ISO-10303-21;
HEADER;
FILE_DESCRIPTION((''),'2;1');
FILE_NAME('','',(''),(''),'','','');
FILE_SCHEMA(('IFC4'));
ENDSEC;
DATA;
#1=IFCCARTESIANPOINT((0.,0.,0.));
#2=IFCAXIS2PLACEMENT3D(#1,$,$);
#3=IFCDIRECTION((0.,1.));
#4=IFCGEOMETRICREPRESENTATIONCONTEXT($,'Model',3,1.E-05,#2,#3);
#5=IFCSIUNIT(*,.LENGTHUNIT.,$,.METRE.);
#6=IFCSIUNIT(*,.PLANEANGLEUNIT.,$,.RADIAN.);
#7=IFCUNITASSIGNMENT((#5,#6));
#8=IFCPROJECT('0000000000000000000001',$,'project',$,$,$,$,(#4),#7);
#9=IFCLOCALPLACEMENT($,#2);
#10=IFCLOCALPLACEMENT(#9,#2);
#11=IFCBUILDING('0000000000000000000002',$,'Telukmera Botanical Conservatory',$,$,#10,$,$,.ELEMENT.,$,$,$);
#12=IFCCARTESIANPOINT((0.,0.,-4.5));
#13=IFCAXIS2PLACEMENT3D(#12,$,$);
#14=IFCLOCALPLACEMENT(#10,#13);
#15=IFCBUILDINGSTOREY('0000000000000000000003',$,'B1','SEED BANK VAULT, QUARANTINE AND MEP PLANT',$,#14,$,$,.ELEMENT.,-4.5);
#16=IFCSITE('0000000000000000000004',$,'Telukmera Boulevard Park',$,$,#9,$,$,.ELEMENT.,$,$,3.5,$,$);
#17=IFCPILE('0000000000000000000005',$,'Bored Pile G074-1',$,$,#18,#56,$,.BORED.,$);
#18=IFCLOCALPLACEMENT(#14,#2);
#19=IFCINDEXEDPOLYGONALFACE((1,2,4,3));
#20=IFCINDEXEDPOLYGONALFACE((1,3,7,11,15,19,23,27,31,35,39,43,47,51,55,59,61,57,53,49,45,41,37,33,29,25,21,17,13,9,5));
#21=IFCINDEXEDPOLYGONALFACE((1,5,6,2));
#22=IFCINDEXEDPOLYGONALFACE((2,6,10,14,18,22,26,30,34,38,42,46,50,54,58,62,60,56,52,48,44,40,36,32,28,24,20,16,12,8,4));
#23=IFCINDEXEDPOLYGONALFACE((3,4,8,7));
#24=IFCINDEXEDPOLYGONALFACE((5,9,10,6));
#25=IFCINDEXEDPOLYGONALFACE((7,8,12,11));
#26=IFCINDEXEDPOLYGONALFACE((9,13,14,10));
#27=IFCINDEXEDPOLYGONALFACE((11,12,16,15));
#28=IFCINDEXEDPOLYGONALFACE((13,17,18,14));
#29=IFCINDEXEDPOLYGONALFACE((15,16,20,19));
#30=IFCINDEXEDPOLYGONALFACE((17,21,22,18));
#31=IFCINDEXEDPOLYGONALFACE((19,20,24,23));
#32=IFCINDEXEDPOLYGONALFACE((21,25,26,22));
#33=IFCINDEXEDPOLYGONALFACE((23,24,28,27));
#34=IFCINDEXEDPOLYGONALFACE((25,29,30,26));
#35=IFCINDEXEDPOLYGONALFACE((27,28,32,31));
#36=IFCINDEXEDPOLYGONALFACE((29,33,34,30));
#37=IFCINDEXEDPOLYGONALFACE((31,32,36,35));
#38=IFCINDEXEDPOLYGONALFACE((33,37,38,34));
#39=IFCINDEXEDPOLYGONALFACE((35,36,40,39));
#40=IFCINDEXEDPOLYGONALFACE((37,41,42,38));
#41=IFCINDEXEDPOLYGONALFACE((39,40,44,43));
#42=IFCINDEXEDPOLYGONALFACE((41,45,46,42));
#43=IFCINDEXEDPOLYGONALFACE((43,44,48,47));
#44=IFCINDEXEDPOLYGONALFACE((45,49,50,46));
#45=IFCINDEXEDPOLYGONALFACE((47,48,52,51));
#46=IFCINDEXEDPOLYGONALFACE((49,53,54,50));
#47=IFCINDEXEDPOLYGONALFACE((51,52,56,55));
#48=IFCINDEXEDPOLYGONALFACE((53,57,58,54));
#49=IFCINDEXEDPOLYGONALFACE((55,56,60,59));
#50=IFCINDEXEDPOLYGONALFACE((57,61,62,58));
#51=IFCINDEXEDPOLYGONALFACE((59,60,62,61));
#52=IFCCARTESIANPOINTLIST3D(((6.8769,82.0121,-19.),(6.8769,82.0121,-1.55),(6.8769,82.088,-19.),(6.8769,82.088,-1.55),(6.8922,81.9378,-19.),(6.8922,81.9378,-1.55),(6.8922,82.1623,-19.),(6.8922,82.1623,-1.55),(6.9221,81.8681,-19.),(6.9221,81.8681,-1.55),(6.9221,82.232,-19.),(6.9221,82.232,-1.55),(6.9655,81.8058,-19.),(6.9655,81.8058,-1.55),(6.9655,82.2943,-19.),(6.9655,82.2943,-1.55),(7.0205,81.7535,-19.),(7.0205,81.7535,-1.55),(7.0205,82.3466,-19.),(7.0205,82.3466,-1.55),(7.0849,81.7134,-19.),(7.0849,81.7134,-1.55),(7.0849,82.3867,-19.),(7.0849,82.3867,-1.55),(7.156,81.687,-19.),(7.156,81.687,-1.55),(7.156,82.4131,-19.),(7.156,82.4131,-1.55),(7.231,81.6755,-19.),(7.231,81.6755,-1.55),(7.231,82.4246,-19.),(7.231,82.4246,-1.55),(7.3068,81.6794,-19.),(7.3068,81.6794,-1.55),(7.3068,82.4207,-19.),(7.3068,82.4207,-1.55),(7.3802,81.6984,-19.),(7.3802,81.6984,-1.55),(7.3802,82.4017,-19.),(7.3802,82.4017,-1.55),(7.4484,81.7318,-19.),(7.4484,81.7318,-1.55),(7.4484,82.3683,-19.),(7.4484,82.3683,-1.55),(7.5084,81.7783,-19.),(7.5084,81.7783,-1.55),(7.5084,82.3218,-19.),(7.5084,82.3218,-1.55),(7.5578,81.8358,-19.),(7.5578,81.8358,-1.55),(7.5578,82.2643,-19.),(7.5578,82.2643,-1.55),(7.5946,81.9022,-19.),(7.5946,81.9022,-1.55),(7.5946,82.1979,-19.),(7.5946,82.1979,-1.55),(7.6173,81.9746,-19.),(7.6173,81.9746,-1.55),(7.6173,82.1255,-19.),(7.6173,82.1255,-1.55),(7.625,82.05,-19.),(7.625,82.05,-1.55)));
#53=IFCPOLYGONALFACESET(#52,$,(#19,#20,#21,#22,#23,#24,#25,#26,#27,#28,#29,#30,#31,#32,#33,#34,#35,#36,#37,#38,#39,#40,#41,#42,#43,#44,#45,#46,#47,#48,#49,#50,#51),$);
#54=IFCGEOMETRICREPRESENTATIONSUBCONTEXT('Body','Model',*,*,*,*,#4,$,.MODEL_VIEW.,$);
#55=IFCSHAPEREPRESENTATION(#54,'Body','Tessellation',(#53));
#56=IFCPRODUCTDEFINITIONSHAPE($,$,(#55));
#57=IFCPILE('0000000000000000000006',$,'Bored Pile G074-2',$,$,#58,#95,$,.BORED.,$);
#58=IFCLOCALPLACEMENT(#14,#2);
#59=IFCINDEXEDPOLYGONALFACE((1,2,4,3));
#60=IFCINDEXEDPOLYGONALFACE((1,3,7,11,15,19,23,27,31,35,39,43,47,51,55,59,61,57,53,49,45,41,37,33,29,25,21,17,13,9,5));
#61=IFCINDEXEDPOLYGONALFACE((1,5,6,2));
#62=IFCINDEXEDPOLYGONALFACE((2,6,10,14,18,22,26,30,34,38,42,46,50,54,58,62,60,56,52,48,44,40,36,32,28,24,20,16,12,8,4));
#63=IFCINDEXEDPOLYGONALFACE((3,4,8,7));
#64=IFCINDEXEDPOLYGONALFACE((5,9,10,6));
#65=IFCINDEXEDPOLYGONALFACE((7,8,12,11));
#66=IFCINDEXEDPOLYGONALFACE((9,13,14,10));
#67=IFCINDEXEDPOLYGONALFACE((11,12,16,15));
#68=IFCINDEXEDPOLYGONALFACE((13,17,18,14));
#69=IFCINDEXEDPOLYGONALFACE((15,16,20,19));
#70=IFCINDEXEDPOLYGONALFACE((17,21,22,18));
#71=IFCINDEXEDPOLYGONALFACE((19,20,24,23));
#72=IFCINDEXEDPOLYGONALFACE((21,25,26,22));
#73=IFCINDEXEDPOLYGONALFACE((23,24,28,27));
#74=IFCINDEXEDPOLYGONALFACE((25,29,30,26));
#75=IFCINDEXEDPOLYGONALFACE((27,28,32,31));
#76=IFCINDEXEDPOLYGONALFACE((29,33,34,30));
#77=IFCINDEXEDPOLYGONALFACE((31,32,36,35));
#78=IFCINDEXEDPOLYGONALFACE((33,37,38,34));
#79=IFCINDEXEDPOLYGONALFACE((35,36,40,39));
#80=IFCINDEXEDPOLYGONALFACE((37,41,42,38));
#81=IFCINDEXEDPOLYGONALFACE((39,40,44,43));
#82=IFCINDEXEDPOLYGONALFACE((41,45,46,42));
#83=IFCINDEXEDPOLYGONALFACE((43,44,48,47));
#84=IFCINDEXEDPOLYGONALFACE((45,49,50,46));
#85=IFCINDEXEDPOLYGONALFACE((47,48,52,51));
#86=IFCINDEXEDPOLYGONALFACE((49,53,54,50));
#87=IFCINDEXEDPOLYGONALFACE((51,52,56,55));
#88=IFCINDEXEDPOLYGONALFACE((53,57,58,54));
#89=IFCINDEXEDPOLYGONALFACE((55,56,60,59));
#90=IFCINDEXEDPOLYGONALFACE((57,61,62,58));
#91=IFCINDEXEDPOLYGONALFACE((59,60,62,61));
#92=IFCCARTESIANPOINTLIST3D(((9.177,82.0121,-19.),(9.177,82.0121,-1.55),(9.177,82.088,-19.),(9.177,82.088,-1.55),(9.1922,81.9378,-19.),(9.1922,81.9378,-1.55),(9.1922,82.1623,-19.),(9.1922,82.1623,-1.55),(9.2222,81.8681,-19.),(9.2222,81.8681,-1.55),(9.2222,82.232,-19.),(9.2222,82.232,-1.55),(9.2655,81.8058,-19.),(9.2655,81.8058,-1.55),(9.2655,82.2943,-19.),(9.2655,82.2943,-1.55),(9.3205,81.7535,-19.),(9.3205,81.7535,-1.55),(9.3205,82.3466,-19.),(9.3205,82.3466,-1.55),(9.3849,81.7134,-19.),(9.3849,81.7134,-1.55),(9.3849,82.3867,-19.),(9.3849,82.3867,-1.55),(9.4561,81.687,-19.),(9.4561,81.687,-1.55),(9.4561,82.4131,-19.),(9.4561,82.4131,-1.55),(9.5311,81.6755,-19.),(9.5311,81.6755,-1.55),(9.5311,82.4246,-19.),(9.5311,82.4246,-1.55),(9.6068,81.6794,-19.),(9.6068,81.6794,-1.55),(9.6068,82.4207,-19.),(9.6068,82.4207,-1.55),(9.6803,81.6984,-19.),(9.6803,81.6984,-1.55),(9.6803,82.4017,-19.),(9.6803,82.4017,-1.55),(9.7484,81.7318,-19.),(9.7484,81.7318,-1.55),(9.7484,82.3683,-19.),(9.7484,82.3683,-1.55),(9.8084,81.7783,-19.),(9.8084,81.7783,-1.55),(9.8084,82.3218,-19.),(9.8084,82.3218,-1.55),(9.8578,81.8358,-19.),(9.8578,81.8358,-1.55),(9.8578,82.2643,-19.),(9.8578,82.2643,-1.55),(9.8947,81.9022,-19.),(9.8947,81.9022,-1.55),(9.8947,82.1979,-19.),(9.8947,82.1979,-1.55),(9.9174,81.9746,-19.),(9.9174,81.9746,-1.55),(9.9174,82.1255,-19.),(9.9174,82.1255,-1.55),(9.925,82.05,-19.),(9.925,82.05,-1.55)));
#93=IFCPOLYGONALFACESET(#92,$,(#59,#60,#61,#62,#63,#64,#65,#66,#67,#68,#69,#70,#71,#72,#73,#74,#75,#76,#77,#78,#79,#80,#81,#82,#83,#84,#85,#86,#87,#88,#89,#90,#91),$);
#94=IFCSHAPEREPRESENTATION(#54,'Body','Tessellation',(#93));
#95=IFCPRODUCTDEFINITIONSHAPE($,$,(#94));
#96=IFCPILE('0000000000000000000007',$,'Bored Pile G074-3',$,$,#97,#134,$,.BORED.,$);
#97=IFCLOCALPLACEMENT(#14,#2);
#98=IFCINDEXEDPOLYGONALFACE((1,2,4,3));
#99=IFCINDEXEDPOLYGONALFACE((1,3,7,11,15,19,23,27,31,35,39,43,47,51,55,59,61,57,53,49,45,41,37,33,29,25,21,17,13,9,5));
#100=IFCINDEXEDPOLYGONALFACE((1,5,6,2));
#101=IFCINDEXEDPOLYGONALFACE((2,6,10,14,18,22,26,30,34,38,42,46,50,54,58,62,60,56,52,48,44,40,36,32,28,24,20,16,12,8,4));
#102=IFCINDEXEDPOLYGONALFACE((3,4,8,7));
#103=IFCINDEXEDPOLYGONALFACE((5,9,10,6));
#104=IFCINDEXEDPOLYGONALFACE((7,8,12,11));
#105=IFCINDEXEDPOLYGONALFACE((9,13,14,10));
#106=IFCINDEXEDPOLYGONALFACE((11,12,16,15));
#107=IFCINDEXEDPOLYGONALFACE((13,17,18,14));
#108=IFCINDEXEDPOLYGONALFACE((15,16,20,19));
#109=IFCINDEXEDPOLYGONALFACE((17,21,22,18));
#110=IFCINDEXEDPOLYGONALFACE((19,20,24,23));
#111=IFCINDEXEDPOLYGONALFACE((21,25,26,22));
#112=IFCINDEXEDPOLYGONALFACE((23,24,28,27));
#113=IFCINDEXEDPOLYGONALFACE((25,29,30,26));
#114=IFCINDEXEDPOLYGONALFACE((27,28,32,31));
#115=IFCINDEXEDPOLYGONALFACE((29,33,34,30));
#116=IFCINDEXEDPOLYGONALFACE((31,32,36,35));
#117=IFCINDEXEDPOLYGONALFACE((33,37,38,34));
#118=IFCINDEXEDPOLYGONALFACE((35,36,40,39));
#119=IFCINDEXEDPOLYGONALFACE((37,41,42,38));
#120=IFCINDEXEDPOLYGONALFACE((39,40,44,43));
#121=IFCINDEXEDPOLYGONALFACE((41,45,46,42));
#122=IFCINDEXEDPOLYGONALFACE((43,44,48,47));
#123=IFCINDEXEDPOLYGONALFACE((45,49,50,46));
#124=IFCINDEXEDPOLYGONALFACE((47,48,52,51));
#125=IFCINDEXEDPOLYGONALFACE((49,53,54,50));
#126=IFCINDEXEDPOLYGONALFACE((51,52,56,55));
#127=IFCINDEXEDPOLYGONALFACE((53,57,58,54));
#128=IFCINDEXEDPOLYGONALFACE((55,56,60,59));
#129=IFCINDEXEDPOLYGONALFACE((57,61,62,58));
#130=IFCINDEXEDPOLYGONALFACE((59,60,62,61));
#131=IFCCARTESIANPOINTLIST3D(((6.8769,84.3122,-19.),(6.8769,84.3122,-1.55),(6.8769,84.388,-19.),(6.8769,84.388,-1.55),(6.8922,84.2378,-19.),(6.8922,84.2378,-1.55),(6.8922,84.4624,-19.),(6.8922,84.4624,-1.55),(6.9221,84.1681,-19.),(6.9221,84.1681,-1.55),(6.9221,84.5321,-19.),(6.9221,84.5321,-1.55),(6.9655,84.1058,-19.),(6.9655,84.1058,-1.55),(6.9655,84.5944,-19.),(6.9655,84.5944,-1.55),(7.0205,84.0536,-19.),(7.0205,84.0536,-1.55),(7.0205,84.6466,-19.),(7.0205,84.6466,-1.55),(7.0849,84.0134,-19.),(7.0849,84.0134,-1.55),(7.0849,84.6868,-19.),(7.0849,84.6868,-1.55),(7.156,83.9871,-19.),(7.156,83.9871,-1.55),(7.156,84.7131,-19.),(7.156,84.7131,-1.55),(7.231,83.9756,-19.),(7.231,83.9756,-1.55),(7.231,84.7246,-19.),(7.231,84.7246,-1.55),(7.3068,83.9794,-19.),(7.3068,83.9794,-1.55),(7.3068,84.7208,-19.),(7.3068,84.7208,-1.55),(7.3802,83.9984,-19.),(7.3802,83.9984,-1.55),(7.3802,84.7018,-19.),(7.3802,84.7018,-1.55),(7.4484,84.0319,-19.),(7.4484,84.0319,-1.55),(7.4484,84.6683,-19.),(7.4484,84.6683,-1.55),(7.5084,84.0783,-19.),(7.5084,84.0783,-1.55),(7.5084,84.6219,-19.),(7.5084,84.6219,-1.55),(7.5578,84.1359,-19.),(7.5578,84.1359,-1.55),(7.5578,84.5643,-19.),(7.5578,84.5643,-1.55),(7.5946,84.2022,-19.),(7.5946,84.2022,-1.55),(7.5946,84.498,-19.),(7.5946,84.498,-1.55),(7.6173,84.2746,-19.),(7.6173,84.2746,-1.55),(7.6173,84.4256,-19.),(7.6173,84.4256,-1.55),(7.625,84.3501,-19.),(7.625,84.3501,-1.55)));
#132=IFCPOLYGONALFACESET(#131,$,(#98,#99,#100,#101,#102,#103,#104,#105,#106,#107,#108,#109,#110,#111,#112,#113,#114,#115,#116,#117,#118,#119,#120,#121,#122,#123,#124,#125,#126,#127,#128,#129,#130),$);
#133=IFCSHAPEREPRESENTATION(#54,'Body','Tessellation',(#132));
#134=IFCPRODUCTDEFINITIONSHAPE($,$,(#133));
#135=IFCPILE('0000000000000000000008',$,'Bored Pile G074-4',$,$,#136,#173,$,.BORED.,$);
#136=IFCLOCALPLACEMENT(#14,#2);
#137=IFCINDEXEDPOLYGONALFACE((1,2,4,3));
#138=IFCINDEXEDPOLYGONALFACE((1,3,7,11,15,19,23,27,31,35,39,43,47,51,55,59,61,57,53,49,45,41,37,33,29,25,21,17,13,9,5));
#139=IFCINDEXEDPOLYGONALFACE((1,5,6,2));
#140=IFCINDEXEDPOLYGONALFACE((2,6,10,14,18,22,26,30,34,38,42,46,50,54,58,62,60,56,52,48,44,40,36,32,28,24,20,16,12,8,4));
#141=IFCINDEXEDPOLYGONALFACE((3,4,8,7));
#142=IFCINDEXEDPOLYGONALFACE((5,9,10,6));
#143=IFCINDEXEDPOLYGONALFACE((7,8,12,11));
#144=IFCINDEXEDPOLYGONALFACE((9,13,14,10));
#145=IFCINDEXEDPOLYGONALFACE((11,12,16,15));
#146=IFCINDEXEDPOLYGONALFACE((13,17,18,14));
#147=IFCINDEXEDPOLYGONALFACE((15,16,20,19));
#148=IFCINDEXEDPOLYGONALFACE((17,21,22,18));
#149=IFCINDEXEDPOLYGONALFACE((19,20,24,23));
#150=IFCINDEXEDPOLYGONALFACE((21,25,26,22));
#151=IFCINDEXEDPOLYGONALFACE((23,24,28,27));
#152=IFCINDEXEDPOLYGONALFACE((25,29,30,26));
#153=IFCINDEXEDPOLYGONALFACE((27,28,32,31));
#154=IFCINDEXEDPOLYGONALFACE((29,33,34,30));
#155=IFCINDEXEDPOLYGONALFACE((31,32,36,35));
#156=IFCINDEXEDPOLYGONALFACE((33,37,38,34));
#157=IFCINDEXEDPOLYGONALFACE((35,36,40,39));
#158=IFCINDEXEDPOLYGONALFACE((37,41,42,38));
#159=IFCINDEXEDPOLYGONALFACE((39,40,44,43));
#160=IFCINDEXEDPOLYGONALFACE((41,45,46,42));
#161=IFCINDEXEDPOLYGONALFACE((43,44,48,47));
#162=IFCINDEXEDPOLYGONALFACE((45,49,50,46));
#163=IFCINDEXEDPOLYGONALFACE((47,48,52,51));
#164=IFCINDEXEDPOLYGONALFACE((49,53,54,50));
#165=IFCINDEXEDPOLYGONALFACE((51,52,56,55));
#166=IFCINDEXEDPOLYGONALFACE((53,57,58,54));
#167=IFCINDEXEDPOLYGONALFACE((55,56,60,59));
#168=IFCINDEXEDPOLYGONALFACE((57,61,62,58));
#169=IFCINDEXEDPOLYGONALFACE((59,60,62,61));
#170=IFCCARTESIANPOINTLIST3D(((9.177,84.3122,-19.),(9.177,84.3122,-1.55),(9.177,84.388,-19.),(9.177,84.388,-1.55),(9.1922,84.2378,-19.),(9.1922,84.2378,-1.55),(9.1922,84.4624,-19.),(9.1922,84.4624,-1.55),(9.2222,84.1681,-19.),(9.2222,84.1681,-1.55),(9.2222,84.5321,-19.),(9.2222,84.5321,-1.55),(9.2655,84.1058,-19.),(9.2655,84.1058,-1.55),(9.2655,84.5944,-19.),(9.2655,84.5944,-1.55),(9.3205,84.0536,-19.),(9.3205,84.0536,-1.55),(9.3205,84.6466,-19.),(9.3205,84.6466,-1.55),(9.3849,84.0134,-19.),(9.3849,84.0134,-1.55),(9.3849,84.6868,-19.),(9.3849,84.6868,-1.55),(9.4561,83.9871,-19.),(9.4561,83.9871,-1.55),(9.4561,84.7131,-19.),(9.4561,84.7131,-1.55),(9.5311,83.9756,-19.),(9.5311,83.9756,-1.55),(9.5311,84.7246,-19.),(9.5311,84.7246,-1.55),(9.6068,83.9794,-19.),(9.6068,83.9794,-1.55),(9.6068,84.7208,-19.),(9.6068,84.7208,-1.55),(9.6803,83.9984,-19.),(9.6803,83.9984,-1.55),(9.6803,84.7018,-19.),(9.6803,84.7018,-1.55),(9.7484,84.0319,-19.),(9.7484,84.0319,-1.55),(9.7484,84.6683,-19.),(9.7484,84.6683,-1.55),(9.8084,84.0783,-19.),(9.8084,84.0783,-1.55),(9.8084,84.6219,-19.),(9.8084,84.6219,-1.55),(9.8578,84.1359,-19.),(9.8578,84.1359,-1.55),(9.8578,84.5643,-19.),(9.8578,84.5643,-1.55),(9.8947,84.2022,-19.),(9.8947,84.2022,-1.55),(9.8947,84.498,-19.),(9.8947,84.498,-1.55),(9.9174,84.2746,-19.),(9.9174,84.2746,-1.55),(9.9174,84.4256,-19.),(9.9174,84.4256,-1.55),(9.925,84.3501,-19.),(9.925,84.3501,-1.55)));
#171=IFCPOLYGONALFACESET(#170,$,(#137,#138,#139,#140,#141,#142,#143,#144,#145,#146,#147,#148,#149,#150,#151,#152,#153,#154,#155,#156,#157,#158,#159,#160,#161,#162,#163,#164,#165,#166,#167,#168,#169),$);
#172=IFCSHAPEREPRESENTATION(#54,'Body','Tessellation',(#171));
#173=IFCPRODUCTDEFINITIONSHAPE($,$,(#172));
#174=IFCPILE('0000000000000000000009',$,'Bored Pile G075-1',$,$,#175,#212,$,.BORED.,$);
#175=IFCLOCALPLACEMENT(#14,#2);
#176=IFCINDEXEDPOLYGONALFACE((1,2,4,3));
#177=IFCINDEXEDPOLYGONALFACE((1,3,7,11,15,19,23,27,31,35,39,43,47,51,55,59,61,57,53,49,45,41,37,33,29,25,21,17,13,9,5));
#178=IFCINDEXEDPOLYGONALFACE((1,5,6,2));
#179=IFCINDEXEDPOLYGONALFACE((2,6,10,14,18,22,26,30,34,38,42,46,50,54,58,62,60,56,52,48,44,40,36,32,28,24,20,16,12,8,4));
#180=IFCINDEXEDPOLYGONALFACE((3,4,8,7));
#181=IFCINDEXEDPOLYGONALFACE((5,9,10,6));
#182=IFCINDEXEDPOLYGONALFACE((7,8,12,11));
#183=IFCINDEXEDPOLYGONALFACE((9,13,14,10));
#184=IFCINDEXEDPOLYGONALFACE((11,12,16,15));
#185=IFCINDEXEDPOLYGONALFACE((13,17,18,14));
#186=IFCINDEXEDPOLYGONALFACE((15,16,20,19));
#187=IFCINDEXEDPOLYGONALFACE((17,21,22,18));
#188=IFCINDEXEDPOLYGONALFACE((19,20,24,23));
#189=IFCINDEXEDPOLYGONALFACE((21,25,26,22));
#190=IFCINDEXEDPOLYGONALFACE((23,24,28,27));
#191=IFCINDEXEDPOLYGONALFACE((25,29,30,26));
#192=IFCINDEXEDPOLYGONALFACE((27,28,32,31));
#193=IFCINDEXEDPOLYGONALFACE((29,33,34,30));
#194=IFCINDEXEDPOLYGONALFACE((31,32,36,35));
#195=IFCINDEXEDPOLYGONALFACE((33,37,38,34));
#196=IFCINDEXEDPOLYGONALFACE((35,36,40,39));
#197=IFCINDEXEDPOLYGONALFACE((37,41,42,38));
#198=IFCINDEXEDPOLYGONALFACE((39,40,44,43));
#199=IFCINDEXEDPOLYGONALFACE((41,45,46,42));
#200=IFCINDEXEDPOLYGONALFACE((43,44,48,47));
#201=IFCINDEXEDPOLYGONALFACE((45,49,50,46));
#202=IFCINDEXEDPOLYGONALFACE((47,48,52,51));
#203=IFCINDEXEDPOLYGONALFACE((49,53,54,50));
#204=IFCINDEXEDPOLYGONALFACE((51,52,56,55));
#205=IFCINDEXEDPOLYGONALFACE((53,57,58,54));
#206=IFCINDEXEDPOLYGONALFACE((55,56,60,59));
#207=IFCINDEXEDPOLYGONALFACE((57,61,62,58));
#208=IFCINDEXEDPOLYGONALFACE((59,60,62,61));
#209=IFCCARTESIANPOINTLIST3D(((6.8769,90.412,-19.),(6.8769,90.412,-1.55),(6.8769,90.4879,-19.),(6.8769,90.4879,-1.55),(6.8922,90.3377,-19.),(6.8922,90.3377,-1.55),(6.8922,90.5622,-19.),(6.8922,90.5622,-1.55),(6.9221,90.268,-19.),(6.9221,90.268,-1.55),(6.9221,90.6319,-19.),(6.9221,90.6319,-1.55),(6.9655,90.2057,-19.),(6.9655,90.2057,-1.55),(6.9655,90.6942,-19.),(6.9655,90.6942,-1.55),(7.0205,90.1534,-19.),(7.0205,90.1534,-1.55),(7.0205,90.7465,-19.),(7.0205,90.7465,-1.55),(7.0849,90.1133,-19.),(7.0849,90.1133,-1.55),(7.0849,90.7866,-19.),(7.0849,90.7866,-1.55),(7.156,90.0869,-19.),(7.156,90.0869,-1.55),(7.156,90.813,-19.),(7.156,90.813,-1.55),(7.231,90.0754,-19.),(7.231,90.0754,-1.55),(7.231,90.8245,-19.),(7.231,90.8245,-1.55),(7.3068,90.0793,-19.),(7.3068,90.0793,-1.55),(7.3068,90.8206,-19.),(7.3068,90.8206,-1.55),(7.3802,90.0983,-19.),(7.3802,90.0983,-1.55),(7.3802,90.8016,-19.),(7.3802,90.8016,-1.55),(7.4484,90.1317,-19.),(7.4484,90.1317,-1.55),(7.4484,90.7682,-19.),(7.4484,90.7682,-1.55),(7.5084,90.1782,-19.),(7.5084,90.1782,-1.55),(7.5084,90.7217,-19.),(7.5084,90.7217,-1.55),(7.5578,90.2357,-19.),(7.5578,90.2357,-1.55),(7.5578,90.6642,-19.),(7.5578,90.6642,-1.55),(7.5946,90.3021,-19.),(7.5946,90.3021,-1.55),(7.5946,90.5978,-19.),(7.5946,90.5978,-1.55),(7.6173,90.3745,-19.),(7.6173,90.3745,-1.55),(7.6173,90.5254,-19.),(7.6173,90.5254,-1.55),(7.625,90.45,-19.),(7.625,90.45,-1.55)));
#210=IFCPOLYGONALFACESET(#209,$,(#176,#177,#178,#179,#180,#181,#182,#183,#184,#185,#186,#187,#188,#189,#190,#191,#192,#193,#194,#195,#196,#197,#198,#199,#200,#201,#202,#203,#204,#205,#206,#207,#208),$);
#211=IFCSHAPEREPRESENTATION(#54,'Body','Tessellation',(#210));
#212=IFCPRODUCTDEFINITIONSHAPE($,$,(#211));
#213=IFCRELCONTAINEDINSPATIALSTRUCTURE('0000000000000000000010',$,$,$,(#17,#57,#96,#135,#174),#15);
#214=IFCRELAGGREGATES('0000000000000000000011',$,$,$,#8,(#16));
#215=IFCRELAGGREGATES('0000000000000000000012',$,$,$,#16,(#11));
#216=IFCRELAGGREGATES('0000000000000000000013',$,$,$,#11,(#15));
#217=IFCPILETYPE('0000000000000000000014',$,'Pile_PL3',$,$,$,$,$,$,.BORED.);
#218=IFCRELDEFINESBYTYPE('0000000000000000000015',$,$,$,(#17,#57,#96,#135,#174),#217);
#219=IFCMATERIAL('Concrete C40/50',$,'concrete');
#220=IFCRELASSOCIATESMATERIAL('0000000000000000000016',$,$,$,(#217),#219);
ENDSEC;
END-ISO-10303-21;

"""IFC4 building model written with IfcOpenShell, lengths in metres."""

from ifc_helpers import new_model, si_unit, direction, frame, origin, origin_2d, place, context, subcontext, project, spatial, circle, extrude, material, material_profile, profile_set, type_object, element, save


model = new_model("IFC4")

# Units and contexts
model_context = context("Model", 3, precision=1e-05, world=origin(), true_north=direction((0.0, 1.0)))
body_context = subcontext(model_context, "Body", "Model", "MODEL_VIEW")
ifc_project = project(units=[si_unit("LENGTHUNIT", "METRE"), si_unit("PLANEANGLEUNIT", "RADIAN")], contexts=[model_context])

# Site, building, storey
site_placement = place(None, origin())
site = spatial("IfcSite", under=ifc_project, at=site_placement, Name="Telukmera Boulevard Park", CompositionType="ELEMENT", RefElevation=3.5)
building_placement = place(site_placement, origin())
building = spatial("IfcBuilding", under=site, at=building_placement, Name="Telukmera Botanical Conservatory", CompositionType="ELEMENT")
storey_placement = place(building_placement, frame((0.0, 0.0, -4.5)))
storey = spatial("IfcBuildingStorey", under=building, at=storey_placement, Name="B1", Description="SEED BANK VAULT, QUARANTINE AND MEP PLANT", CompositionType="ELEMENT", Elevation=-4.5)

# Shared definitions
ifc_material_1 = material(Name="Concrete C40/50", Category="concrete")

# Piles
ifc_material_profile_1 = material_profile(ifc_material_1, circle(Radius=0.375, at=origin_2d()), Name="PILE D750")
ifc_profile_set_1 = profile_set([ifc_material_profile_1], Name="Concrete C40/50")
pile_type = type_object("IfcPileType", Name="Pile_PL3", PredefinedType="BORED", material=ifc_profile_set_1)
for number, where, z_axis, x_axis, name in (
    (1, (7.25, 82.05, -1.55), (0.0, 0.0, -1.0), (1.0, 0.0, 0.0), "Bored Pile G074-1"),
    (2, (9.55, 82.05, -1.55), (0.0, 0.0, -1.0), (1.0, 0.0, 0.0), "Bored Pile G074-2"),
    (3, (7.25, 84.3501, -1.55), (0.0, 0.0, -1.0), (1.0, 0.0, 0.0), "Bored Pile G074-3"),
    (4, (9.55, 84.3501, -1.55), (0.0, 0.0, -1.0), (1.0, 0.0, 0.0), "Bored Pile G074-4"),
    (5, (7.25, 90.45, -1.55), (0.0, 0.0, -1.0), (1.0, 0.0, 0.0), "Bored Pile G075-1"),
):
    element("IfcPile", number, at=place(storey_placement, frame(where, z_axis=z_axis, x_axis=x_axis)), inside=storey, type_object=pile_type, Name=name, PredefinedType="BORED", context=body_context, shape_type="SweptSolid", body=[
        extrude(circle(Radius=0.375, at=origin_2d()), origin(), (0.0, 0.0, 1.0), 17.45),
    ])

save(model, "model.ifc")
